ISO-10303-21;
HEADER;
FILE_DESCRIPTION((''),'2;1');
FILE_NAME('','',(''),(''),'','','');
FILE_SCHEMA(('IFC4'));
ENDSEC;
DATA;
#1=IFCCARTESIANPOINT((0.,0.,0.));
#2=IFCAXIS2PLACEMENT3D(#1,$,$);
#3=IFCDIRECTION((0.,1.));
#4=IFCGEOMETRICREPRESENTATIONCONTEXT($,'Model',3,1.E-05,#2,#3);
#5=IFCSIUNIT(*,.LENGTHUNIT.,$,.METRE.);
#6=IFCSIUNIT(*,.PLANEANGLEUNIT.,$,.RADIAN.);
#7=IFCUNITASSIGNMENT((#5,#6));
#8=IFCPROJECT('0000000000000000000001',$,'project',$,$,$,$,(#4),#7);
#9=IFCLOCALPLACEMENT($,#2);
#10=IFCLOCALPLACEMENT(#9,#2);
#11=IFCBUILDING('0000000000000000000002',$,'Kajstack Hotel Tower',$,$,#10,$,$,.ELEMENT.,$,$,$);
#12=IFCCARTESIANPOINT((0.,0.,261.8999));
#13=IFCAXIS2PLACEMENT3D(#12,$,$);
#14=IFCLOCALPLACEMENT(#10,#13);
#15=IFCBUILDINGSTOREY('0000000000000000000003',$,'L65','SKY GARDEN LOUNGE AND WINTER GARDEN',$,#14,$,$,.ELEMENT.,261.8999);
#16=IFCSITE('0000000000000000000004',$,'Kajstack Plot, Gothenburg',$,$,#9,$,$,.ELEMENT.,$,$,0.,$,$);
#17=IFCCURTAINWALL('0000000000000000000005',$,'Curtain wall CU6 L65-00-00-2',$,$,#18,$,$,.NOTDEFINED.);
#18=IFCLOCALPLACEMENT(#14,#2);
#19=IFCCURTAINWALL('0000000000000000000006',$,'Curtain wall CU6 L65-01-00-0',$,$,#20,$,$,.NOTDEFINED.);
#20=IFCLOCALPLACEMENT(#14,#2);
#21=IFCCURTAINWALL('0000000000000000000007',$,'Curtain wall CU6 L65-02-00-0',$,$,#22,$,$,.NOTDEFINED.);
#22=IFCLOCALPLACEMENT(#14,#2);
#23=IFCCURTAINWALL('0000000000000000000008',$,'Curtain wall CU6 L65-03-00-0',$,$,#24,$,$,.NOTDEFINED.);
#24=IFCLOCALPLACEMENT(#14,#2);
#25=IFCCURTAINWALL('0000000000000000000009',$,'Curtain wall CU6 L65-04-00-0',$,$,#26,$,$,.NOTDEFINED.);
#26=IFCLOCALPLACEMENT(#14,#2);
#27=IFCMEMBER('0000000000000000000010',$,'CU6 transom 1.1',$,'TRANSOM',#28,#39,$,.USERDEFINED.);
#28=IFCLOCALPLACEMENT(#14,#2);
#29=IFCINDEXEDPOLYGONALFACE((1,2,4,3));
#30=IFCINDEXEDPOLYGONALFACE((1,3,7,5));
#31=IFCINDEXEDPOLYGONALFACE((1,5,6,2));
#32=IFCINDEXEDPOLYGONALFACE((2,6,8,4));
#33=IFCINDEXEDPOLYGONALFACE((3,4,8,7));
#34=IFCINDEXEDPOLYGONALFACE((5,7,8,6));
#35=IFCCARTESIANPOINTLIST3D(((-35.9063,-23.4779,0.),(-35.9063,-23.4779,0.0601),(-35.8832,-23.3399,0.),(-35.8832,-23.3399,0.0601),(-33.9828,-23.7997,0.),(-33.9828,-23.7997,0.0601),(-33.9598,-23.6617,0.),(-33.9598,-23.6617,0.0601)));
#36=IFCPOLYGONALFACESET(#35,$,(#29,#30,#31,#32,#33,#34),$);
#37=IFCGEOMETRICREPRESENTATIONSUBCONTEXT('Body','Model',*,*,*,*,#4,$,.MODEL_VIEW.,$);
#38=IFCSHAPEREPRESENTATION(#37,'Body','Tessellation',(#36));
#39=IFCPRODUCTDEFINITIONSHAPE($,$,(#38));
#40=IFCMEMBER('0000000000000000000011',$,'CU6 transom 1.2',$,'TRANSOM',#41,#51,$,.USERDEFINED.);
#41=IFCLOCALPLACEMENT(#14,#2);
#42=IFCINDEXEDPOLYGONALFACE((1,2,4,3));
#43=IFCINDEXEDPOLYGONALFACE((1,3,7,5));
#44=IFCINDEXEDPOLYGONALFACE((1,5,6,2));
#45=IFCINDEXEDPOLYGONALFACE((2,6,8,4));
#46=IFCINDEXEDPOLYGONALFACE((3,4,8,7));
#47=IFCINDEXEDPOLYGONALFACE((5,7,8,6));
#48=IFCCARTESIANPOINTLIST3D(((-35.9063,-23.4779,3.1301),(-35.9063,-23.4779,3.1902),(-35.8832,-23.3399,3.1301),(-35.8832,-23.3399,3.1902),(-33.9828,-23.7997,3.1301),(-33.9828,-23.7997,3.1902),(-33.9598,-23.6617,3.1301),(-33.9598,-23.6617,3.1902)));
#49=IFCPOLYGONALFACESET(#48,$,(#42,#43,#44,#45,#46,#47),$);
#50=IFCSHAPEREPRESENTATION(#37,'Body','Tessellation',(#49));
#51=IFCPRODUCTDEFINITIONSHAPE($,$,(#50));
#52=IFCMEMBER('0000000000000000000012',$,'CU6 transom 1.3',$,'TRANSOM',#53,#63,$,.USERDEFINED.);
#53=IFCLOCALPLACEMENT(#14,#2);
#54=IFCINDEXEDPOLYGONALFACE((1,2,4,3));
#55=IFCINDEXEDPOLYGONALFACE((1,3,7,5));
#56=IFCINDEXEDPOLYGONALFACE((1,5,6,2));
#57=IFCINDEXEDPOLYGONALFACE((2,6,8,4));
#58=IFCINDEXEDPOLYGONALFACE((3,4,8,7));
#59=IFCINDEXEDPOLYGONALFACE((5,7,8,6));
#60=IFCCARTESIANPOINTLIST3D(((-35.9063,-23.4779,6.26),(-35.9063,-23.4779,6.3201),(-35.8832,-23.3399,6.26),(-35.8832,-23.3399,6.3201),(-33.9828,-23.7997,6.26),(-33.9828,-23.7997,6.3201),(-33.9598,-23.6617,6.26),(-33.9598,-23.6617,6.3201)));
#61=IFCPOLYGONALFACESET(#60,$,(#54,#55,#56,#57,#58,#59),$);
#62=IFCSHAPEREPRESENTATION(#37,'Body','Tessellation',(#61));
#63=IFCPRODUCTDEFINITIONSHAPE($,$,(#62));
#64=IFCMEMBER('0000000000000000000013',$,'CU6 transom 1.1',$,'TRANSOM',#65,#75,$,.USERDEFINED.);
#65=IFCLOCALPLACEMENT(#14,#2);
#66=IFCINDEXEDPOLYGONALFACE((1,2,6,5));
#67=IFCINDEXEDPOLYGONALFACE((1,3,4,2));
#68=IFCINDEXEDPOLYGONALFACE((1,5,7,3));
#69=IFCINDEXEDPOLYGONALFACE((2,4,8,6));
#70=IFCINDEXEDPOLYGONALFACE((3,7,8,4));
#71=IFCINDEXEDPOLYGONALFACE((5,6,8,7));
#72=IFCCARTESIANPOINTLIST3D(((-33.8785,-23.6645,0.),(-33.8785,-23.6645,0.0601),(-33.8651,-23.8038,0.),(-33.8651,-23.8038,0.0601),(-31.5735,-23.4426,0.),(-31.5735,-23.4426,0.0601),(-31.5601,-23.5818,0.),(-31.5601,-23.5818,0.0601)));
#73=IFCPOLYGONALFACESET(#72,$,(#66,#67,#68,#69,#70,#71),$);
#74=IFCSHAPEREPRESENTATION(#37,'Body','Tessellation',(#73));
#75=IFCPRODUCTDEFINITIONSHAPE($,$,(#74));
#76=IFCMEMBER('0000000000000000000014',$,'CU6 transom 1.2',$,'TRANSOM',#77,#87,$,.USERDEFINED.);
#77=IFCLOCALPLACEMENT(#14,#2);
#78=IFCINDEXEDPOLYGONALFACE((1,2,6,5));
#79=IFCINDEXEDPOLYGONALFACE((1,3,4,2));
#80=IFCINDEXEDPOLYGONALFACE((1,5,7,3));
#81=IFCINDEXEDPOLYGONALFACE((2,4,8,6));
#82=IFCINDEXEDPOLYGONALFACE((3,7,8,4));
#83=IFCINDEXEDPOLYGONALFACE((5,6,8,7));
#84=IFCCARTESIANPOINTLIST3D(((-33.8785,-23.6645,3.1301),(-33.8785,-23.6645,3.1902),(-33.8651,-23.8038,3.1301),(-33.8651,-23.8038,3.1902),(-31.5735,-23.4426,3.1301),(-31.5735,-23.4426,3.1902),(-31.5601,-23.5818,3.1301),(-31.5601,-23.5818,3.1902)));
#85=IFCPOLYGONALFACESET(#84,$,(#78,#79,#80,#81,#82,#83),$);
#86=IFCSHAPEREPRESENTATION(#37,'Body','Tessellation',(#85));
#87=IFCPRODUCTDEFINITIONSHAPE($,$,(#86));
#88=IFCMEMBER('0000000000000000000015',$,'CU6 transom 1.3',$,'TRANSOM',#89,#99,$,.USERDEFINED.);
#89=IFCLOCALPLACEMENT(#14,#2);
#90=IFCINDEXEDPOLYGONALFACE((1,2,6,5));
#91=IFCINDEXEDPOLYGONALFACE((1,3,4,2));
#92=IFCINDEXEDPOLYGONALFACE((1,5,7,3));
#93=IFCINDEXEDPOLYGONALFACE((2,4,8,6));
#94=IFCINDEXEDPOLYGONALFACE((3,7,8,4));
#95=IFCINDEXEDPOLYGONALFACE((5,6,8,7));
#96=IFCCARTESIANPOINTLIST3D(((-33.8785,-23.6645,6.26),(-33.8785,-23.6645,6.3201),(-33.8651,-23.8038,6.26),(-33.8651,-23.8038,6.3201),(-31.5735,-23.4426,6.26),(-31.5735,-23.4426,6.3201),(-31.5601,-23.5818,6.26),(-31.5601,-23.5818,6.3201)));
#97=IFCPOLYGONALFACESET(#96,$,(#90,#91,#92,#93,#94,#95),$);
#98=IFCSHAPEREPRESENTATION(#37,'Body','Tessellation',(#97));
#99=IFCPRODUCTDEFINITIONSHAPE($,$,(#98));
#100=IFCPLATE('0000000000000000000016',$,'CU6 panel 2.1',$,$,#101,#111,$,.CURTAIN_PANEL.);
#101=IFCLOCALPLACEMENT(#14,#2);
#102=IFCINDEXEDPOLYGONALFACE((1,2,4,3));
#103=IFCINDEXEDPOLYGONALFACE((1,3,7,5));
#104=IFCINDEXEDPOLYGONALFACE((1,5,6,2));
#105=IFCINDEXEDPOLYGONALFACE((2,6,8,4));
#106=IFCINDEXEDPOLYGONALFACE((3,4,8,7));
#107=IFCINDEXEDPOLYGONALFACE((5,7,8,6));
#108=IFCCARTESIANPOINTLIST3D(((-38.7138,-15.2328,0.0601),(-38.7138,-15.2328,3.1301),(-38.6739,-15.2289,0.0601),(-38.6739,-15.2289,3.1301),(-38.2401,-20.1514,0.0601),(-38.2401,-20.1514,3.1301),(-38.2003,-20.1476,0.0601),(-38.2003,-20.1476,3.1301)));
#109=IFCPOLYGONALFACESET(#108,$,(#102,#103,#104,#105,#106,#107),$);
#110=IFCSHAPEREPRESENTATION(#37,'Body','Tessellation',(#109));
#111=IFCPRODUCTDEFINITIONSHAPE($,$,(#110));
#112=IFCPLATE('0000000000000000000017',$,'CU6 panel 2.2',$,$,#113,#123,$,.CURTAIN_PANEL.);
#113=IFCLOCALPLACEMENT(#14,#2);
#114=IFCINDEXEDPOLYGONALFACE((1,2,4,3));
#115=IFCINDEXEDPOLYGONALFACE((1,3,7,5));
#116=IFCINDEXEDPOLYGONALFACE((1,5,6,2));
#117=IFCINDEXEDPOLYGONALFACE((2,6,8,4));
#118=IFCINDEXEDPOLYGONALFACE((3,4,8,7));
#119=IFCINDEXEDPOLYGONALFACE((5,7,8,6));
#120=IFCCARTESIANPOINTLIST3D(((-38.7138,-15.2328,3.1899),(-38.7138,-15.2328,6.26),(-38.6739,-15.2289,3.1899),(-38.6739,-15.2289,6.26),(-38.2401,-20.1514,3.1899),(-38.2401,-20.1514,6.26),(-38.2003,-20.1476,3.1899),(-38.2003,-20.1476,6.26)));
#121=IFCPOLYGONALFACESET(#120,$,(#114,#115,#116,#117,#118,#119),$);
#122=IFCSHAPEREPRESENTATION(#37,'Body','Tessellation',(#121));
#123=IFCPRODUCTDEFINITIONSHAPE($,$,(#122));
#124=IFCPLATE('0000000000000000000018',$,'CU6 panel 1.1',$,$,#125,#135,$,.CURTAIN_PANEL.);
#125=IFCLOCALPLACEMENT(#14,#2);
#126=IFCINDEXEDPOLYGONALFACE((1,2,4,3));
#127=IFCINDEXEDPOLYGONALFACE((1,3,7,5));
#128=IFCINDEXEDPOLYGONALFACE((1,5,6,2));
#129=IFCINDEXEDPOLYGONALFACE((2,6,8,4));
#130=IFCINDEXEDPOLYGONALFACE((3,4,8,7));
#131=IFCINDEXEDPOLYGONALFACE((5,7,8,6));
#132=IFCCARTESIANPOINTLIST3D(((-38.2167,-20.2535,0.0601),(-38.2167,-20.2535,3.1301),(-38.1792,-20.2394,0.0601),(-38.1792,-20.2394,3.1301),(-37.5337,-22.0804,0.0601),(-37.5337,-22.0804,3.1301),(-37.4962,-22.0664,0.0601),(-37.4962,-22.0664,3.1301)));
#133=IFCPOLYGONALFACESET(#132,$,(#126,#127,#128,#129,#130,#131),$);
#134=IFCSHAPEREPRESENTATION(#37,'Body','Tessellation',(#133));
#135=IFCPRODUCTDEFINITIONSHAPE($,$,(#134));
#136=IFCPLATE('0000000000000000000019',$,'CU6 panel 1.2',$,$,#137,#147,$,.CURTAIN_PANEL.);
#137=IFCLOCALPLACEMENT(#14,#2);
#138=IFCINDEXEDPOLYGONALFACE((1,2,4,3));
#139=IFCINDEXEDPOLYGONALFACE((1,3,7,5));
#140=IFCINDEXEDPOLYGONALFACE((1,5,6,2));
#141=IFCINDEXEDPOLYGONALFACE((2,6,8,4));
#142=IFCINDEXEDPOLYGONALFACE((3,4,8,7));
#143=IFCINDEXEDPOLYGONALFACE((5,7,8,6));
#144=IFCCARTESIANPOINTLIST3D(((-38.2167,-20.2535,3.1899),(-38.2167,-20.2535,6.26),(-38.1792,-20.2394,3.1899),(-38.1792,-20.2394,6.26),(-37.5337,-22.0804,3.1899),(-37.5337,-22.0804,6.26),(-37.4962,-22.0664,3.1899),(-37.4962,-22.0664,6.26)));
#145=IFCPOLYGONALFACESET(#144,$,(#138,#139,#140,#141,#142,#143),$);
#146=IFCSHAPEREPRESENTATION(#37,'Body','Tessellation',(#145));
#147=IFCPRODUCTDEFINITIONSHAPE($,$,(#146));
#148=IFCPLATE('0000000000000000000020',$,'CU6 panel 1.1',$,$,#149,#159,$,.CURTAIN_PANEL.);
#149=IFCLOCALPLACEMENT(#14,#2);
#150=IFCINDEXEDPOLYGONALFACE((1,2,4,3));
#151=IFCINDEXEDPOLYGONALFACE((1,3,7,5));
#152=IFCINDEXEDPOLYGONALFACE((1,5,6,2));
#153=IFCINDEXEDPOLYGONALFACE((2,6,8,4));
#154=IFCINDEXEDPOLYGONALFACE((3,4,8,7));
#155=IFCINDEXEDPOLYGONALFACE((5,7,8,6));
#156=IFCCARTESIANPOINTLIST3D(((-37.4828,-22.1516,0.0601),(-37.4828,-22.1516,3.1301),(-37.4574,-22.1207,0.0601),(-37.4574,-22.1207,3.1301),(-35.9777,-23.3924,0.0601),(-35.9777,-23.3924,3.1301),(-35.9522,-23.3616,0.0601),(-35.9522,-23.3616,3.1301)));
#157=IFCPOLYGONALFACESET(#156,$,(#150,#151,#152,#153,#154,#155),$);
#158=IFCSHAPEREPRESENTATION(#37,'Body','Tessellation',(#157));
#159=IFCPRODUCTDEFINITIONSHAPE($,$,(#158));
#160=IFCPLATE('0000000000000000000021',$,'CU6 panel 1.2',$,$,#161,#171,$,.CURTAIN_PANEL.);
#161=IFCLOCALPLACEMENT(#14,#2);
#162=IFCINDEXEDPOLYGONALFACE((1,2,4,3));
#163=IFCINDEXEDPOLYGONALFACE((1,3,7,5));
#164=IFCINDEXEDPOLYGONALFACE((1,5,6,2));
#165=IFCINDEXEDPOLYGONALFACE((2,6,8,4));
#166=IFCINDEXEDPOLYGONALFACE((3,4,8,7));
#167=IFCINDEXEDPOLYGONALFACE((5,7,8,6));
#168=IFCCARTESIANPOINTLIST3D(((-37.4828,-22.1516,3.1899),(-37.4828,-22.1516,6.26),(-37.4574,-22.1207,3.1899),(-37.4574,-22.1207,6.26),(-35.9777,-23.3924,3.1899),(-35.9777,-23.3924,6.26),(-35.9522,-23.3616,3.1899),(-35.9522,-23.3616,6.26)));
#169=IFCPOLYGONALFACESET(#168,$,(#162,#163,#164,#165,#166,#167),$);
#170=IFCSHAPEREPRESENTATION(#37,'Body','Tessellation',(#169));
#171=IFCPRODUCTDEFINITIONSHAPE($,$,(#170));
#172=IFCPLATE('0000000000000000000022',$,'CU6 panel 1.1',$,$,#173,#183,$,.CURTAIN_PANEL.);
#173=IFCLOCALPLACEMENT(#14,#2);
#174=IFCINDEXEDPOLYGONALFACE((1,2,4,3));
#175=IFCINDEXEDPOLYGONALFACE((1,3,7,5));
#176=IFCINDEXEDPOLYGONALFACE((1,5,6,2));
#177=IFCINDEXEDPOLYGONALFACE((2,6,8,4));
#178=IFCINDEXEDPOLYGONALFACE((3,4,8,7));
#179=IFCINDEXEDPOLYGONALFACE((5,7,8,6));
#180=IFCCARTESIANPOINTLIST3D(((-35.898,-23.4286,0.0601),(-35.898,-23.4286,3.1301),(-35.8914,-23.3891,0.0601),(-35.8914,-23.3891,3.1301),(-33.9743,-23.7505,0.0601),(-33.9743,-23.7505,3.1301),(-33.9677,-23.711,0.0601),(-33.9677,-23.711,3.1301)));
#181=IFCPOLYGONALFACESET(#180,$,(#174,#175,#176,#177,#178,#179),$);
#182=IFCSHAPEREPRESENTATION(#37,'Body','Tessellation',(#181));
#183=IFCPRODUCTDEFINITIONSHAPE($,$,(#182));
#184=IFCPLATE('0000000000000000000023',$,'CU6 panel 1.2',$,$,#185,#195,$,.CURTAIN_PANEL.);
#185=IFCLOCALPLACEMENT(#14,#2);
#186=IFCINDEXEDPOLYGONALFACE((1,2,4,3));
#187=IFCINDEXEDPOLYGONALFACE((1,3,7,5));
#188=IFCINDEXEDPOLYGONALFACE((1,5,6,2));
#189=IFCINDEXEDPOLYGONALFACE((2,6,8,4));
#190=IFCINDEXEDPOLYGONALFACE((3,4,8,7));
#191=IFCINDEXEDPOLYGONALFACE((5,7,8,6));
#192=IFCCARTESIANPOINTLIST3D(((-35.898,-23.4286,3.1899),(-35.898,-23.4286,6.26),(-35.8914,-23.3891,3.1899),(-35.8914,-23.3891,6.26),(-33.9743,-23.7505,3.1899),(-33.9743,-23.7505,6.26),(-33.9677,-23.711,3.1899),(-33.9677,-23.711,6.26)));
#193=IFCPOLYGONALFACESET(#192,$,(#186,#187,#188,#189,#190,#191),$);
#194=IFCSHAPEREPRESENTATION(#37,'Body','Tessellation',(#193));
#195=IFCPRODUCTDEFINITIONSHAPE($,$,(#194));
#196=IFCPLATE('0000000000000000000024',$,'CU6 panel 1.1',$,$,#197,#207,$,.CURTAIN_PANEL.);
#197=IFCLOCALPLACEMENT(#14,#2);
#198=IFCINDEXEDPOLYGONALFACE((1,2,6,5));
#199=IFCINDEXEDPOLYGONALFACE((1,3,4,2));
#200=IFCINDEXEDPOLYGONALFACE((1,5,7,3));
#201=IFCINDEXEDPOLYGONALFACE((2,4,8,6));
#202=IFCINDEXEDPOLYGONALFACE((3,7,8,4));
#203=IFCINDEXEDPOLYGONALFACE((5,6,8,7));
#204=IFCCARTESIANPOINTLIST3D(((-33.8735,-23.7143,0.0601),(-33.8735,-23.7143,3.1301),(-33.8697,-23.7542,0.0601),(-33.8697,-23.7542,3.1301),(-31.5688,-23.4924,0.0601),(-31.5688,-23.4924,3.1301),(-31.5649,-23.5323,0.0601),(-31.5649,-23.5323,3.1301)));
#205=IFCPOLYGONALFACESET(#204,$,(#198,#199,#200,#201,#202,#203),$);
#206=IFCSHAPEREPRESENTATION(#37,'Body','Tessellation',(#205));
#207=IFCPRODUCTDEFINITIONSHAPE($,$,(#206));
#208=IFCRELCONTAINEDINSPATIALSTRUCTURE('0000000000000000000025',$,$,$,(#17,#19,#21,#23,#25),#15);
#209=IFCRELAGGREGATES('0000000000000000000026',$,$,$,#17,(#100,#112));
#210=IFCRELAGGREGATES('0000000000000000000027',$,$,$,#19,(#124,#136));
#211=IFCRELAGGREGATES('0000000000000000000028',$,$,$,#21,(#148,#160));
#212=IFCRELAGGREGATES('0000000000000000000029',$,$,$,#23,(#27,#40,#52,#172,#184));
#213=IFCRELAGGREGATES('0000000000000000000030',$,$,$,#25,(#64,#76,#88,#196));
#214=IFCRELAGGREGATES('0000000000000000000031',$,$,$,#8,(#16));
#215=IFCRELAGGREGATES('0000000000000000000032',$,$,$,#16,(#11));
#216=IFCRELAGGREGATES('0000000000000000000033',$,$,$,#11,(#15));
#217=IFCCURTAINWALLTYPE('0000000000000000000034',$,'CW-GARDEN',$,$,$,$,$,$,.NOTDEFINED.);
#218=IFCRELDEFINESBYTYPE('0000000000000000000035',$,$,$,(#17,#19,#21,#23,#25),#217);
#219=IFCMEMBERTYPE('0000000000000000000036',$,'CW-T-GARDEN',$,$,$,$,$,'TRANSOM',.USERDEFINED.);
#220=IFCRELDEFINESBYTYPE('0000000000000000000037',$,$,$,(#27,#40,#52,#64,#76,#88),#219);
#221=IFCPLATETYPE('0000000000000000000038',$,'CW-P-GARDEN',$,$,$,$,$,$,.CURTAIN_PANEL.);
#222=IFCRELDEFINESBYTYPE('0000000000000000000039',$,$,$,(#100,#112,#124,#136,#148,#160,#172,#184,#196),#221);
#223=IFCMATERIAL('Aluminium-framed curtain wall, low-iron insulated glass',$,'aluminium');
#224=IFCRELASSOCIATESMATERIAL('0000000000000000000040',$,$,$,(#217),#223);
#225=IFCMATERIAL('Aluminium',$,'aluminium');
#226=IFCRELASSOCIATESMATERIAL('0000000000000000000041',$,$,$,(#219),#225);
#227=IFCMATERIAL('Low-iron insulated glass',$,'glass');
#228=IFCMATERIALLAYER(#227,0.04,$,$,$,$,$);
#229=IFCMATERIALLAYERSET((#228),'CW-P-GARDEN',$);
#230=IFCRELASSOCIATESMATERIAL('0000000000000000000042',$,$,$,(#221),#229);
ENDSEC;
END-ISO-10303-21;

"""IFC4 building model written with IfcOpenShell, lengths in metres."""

from ifc_helpers import new_model, si_unit, direction, frame, origin, origin_2d, place, context, subcontext, project, spatial, rectangle, extrude, material, layer, layer_set, material_profile, profile_set, type_object, element, aggregate, save


model = new_model("IFC4")

# Units and contexts
model_context = context("Model", 3, precision=1e-05, world=origin(), true_north=direction((0.0, 1.0)))
body_context = subcontext(model_context, "Body", "Model", "MODEL_VIEW")
ifc_project = project(units=[si_unit("LENGTHUNIT", "METRE"), si_unit("PLANEANGLEUNIT", "RADIAN")], contexts=[model_context])

# Site, building, storey
site_placement = place(None, origin())
site = spatial("IfcSite", under=ifc_project, at=site_placement, Name="Kajstack Plot, Gothenburg", CompositionType="ELEMENT", RefElevation=0.0)
building_placement = place(site_placement, origin())
building = spatial("IfcBuilding", under=site, at=building_placement, Name="Kajstack Hotel Tower", CompositionType="ELEMENT")
storey_placement = place(building_placement, frame((0.0, 0.0, 261.8999)))
storey = spatial("IfcBuildingStorey", under=building, at=storey_placement, Name="L65", Description="SKY GARDEN LOUNGE AND WINTER GARDEN", CompositionType="ELEMENT", Elevation=261.8999)

# Curtain wall
ifc_material_1 = material(Name="Aluminium-framed curtain wall, low-iron insulated glass", Category="aluminium")
curtain_wall_type = type_object("IfcCurtainWallType", Name="CW-GARDEN", PredefinedType="NOTDEFINED", material=ifc_material_1)
curtain_wall_1_placement = place(storey_placement, origin())
curtain_wall_1 = element("IfcCurtainWall", 1, at=curtain_wall_1_placement, inside=storey, type_object=curtain_wall_type, Name="Curtain wall CU6 L65-00-00-2", PredefinedType="NOTDEFINED")
ifc_material_2 = material(Name="Aluminium", Category="aluminium")

# Curtain walls
curtain_wall_2_placement = place(storey_placement, origin())
curtain_wall_2 = element("IfcCurtainWall", 2, at=curtain_wall_2_placement, inside=storey, type_object=curtain_wall_type, Name="Curtain wall CU6 L65-01-00-0", PredefinedType="NOTDEFINED")
curtain_wall_3_placement = place(storey_placement, origin())
curtain_wall_3 = element("IfcCurtainWall", 3, at=curtain_wall_3_placement, inside=storey, type_object=curtain_wall_type, Name="Curtain wall CU6 L65-02-00-0", PredefinedType="NOTDEFINED")
curtain_wall_4_placement = place(storey_placement, origin())
curtain_wall_4 = element("IfcCurtainWall", 4, at=curtain_wall_4_placement, inside=storey, type_object=curtain_wall_type, Name="Curtain wall CU6 L65-03-00-0", PredefinedType="NOTDEFINED")

# Curtain wall
curtain_wall_5_placement = place(storey_placement, origin())
curtain_wall_5 = element("IfcCurtainWall", 5, at=curtain_wall_5_placement, inside=storey, type_object=curtain_wall_type, Name="Curtain wall CU6 L65-04-00-0", PredefinedType="NOTDEFINED")

# Members
ifc_material_profile_1 = material_profile(ifc_material_2, rectangle(XDim=0.1399, YDim=0.0601, at=origin_2d()), Name="Aluminium transom 140 x 60")
ifc_profile_set_1 = profile_set([ifc_material_profile_1], Name="Aluminium")
member_type_1 = type_object("IfcMemberType", Name="CW-T-GARDEN", ElementType="TRANSOM", PredefinedType="USERDEFINED", material=ifc_profile_set_1)
member_1_placement = place(storey_placement, frame((-35.8948, -23.4089, 0.03), z_axis=(0.986296, -0.164988, 0.0), x_axis=(0.164988, 0.986296, 0.0)))
member_1 = element("IfcMember", 6, at=member_1_placement, type_object=member_type_1, Name="CU6 transom 1.1", ObjectType="TRANSOM", PredefinedType="USERDEFINED", context=body_context, shape_type="SweptSolid", body=[
    extrude(rectangle(XDim=0.1399, YDim=0.0601, at=origin_2d()), origin(), (0.0, 0.0, 1.0), 1.9502),
])
member_2_placement = place(storey_placement, frame((-35.8948, -23.4089, 3.1602), z_axis=(0.986296, -0.164988, 0.0), x_axis=(0.164988, 0.986296, 0.0)))
member_2 = element("IfcMember", 7, at=member_2_placement, type_object=member_type_1, Name="CU6 transom 1.2", ObjectType="TRANSOM", PredefinedType="USERDEFINED", context=body_context, shape_type="SweptSolid", body=[
    extrude(rectangle(XDim=0.1399, YDim=0.0601, at=origin_2d()), origin(), (0.0, 0.0, 1.0), 1.9502),
])
member_3_placement = place(storey_placement, frame((-35.8948, -23.4089, 6.29), z_axis=(0.986296, -0.164988, 0.0), x_axis=(0.164988, 0.986296, 0.0)))
member_3 = element("IfcMember", 8, at=member_3_placement, type_object=member_type_1, Name="CU6 transom 1.3", ObjectType="TRANSOM", PredefinedType="USERDEFINED", context=body_context, shape_type="SweptSolid", body=[
    extrude(rectangle(XDim=0.1399, YDim=0.0601, at=origin_2d()), origin(), (0.0, 0.0, 1.0), 1.9502),
])
member_4_placement = place(storey_placement, frame((-33.8718, -23.7341, 0.03), z_axis=(0.995397, 0.095839, 0.0), x_axis=(-0.095839, 0.995397, 0.0)))
member_4 = element("IfcMember", 9, at=member_4_placement, type_object=member_type_1, Name="CU6 transom 1.1", ObjectType="TRANSOM", PredefinedType="USERDEFINED", context=body_context, shape_type="SweptSolid", body=[
    extrude(rectangle(XDim=0.1399, YDim=0.0601, at=origin_2d()), origin(), (0.0, 0.0, 1.0), 2.3157),
])
member_5_placement = place(storey_placement, frame((-33.8718, -23.7341, 3.1602), z_axis=(0.995397, 0.095839, 0.0), x_axis=(-0.095839, 0.995397, 0.0)))
member_5 = element("IfcMember", 10, at=member_5_placement, type_object=member_type_1, Name="CU6 transom 1.2", ObjectType="TRANSOM", PredefinedType="USERDEFINED", context=body_context, shape_type="SweptSolid", body=[
    extrude(rectangle(XDim=0.1399, YDim=0.0601, at=origin_2d()), origin(), (0.0, 0.0, 1.0), 2.3157),
])
member_6_placement = place(storey_placement, frame((-33.8718, -23.7341, 6.29), z_axis=(0.995397, 0.095839, 0.0), x_axis=(-0.095839, 0.995397, 0.0)))
member_6 = element("IfcMember", 11, at=member_6_placement, type_object=member_type_1, Name="CU6 transom 1.3", ObjectType="TRANSOM", PredefinedType="USERDEFINED", context=body_context, shape_type="SweptSolid", body=[
    extrude(rectangle(XDim=0.1399, YDim=0.0601, at=origin_2d()), origin(), (0.0, 0.0, 1.0), 2.3157),
])

# Plates
ifc_material_3 = material(Name="Low-iron insulated glass", Category="glass")
ifc_layer_1 = layer(ifc_material_3, 0.04)
ifc_layer_set_1 = layer_set([ifc_layer_1], Name="CW-P-GARDEN")
plate_type = type_object("IfcPlateType", Name="CW-P-GARDEN", PredefinedType="CURTAIN_PANEL", material=ifc_layer_set_1)
plate_1_placement = place(storey_placement, frame((-38.457, -17.6902, 0.0601), z_axis=(0.0, 0.0, 1.0), x_axis=(0.095847, -0.995396, 0.0)))
plate_1 = element("IfcPlate", 12, at=plate_1_placement, type_object=plate_type, Name="CU6 panel 2.1", PredefinedType="CURTAIN_PANEL", context=body_context, shape_type="SweptSolid", body=[
    extrude(rectangle(XDim=4.9414, YDim=0.04, at=origin_2d()), origin(), (0.0, 0.0, 1.0), 3.0701),
])
plate_2_placement = place(storey_placement, frame((-38.457, -17.6902, 3.1899), z_axis=(0.0, 0.0, 1.0), x_axis=(0.095847, -0.995396, 0.0)))
plate_2 = element("IfcPlate", 13, at=plate_2_placement, type_object=plate_type, Name="CU6 panel 2.2", PredefinedType="CURTAIN_PANEL", context=body_context, shape_type="SweptSolid", body=[
    extrude(rectangle(XDim=4.9414, YDim=0.04, at=origin_2d()), origin(), (0.0, 0.0, 1.0), 3.0701),
])
aggregate(curtain_wall_1, [plate_1, plate_2])
plate_3_placement = place(storey_placement, frame((-37.8564, -21.1599, 0.0601), z_axis=(0.0, 0.0, 1.0), x_axis=(0.350202, -0.936674, 0.0)))
plate_3 = element("IfcPlate", 14, at=plate_3_placement, type_object=plate_type, Name="CU6 panel 1.1", PredefinedType="CURTAIN_PANEL", context=body_context, shape_type="SweptSolid", body=[
    extrude(rectangle(XDim=1.9504, YDim=0.04, at=origin_2d()), origin(), (0.0, 0.0, 1.0), 3.0701),
])
plate_4_placement = place(storey_placement, frame((-37.8564, -21.1599, 3.1899), z_axis=(0.0, 0.0, 1.0), x_axis=(0.350202, -0.936674, 0.0)))
plate_4 = element("IfcPlate", 15, at=plate_4_placement, type_object=plate_type, Name="CU6 panel 1.2", PredefinedType="CURTAIN_PANEL", context=body_context, shape_type="SweptSolid", body=[
    extrude(rectangle(XDim=1.9504, YDim=0.04, at=origin_2d()), origin(), (0.0, 0.0, 1.0), 3.0701),
])
aggregate(curtain_wall_2, [plate_3, plate_4])
plate_5_placement = place(storey_placement, frame((-36.7175, -22.7566, 0.0601), z_axis=(0.0, 0.0, 1.0), x_axis=(0.771611, -0.636095, 0.0)))
plate_5 = element("IfcPlate", 16, at=plate_5_placement, type_object=plate_type, Name="CU6 panel 1.1", PredefinedType="CURTAIN_PANEL", context=body_context, shape_type="SweptSolid", body=[
    extrude(rectangle(XDim=1.9507, YDim=0.04, at=origin_2d()), origin(), (0.0, 0.0, 1.0), 3.0701),
])
plate_6_placement = place(storey_placement, frame((-36.7175, -22.7566, 3.1899), z_axis=(0.0, 0.0, 1.0), x_axis=(0.771611, -0.636095, 0.0)))
plate_6 = element("IfcPlate", 17, at=plate_6_placement, type_object=plate_type, Name="CU6 panel 1.2", PredefinedType="CURTAIN_PANEL", context=body_context, shape_type="SweptSolid", body=[
    extrude(rectangle(XDim=1.9507, YDim=0.04, at=origin_2d()), origin(), (0.0, 0.0, 1.0), 3.0701),
])
aggregate(curtain_wall_3, [plate_5, plate_6])
plate_7_placement = place(storey_placement, frame((-34.9329, -23.5698, 0.0601), z_axis=(0.0, 0.0, 1.0), x_axis=(0.986288, -0.165033, 0.0)))
plate_7 = element("IfcPlate", 18, at=plate_7_placement, type_object=plate_type, Name="CU6 panel 1.1", PredefinedType="CURTAIN_PANEL", context=body_context, shape_type="SweptSolid", body=[
    extrude(rectangle(XDim=1.9504, YDim=0.04, at=origin_2d()), origin(), (0.0, 0.0, 1.0), 3.0701),
])
plate_8_placement = place(storey_placement, frame((-34.9329, -23.5698, 3.1899), z_axis=(0.0, 0.0, 1.0), x_axis=(0.986288, -0.165033, 0.0)))
plate_8 = element("IfcPlate", 19, at=plate_8_placement, type_object=plate_type, Name="CU6 panel 1.2", PredefinedType="CURTAIN_PANEL", context=body_context, shape_type="SweptSolid", body=[
    extrude(rectangle(XDim=1.9504, YDim=0.04, at=origin_2d()), origin(), (0.0, 0.0, 1.0), 3.0701),
])
aggregate(curtain_wall_4, [member_1, member_2, member_3, plate_7, plate_8])
plate_9_placement = place(storey_placement, frame((-32.7192, -23.6233, 0.0601), z_axis=(0.0, 0.0, 1.0), x_axis=(0.995396, 0.095846, 0.0)))
plate_9 = element("IfcPlate", 20, at=plate_9_placement, type_object=plate_type, Name="CU6 panel 1.1", PredefinedType="CURTAIN_PANEL", context=body_context, shape_type="SweptSolid", body=[
    extrude(rectangle(XDim=2.3154, YDim=0.04, at=origin_2d()), origin(), (0.0, 0.0, 1.0), 3.0701),
])
aggregate(curtain_wall_5, [member_4, member_5, member_6, plate_9])

save(model, "model.ifc")
